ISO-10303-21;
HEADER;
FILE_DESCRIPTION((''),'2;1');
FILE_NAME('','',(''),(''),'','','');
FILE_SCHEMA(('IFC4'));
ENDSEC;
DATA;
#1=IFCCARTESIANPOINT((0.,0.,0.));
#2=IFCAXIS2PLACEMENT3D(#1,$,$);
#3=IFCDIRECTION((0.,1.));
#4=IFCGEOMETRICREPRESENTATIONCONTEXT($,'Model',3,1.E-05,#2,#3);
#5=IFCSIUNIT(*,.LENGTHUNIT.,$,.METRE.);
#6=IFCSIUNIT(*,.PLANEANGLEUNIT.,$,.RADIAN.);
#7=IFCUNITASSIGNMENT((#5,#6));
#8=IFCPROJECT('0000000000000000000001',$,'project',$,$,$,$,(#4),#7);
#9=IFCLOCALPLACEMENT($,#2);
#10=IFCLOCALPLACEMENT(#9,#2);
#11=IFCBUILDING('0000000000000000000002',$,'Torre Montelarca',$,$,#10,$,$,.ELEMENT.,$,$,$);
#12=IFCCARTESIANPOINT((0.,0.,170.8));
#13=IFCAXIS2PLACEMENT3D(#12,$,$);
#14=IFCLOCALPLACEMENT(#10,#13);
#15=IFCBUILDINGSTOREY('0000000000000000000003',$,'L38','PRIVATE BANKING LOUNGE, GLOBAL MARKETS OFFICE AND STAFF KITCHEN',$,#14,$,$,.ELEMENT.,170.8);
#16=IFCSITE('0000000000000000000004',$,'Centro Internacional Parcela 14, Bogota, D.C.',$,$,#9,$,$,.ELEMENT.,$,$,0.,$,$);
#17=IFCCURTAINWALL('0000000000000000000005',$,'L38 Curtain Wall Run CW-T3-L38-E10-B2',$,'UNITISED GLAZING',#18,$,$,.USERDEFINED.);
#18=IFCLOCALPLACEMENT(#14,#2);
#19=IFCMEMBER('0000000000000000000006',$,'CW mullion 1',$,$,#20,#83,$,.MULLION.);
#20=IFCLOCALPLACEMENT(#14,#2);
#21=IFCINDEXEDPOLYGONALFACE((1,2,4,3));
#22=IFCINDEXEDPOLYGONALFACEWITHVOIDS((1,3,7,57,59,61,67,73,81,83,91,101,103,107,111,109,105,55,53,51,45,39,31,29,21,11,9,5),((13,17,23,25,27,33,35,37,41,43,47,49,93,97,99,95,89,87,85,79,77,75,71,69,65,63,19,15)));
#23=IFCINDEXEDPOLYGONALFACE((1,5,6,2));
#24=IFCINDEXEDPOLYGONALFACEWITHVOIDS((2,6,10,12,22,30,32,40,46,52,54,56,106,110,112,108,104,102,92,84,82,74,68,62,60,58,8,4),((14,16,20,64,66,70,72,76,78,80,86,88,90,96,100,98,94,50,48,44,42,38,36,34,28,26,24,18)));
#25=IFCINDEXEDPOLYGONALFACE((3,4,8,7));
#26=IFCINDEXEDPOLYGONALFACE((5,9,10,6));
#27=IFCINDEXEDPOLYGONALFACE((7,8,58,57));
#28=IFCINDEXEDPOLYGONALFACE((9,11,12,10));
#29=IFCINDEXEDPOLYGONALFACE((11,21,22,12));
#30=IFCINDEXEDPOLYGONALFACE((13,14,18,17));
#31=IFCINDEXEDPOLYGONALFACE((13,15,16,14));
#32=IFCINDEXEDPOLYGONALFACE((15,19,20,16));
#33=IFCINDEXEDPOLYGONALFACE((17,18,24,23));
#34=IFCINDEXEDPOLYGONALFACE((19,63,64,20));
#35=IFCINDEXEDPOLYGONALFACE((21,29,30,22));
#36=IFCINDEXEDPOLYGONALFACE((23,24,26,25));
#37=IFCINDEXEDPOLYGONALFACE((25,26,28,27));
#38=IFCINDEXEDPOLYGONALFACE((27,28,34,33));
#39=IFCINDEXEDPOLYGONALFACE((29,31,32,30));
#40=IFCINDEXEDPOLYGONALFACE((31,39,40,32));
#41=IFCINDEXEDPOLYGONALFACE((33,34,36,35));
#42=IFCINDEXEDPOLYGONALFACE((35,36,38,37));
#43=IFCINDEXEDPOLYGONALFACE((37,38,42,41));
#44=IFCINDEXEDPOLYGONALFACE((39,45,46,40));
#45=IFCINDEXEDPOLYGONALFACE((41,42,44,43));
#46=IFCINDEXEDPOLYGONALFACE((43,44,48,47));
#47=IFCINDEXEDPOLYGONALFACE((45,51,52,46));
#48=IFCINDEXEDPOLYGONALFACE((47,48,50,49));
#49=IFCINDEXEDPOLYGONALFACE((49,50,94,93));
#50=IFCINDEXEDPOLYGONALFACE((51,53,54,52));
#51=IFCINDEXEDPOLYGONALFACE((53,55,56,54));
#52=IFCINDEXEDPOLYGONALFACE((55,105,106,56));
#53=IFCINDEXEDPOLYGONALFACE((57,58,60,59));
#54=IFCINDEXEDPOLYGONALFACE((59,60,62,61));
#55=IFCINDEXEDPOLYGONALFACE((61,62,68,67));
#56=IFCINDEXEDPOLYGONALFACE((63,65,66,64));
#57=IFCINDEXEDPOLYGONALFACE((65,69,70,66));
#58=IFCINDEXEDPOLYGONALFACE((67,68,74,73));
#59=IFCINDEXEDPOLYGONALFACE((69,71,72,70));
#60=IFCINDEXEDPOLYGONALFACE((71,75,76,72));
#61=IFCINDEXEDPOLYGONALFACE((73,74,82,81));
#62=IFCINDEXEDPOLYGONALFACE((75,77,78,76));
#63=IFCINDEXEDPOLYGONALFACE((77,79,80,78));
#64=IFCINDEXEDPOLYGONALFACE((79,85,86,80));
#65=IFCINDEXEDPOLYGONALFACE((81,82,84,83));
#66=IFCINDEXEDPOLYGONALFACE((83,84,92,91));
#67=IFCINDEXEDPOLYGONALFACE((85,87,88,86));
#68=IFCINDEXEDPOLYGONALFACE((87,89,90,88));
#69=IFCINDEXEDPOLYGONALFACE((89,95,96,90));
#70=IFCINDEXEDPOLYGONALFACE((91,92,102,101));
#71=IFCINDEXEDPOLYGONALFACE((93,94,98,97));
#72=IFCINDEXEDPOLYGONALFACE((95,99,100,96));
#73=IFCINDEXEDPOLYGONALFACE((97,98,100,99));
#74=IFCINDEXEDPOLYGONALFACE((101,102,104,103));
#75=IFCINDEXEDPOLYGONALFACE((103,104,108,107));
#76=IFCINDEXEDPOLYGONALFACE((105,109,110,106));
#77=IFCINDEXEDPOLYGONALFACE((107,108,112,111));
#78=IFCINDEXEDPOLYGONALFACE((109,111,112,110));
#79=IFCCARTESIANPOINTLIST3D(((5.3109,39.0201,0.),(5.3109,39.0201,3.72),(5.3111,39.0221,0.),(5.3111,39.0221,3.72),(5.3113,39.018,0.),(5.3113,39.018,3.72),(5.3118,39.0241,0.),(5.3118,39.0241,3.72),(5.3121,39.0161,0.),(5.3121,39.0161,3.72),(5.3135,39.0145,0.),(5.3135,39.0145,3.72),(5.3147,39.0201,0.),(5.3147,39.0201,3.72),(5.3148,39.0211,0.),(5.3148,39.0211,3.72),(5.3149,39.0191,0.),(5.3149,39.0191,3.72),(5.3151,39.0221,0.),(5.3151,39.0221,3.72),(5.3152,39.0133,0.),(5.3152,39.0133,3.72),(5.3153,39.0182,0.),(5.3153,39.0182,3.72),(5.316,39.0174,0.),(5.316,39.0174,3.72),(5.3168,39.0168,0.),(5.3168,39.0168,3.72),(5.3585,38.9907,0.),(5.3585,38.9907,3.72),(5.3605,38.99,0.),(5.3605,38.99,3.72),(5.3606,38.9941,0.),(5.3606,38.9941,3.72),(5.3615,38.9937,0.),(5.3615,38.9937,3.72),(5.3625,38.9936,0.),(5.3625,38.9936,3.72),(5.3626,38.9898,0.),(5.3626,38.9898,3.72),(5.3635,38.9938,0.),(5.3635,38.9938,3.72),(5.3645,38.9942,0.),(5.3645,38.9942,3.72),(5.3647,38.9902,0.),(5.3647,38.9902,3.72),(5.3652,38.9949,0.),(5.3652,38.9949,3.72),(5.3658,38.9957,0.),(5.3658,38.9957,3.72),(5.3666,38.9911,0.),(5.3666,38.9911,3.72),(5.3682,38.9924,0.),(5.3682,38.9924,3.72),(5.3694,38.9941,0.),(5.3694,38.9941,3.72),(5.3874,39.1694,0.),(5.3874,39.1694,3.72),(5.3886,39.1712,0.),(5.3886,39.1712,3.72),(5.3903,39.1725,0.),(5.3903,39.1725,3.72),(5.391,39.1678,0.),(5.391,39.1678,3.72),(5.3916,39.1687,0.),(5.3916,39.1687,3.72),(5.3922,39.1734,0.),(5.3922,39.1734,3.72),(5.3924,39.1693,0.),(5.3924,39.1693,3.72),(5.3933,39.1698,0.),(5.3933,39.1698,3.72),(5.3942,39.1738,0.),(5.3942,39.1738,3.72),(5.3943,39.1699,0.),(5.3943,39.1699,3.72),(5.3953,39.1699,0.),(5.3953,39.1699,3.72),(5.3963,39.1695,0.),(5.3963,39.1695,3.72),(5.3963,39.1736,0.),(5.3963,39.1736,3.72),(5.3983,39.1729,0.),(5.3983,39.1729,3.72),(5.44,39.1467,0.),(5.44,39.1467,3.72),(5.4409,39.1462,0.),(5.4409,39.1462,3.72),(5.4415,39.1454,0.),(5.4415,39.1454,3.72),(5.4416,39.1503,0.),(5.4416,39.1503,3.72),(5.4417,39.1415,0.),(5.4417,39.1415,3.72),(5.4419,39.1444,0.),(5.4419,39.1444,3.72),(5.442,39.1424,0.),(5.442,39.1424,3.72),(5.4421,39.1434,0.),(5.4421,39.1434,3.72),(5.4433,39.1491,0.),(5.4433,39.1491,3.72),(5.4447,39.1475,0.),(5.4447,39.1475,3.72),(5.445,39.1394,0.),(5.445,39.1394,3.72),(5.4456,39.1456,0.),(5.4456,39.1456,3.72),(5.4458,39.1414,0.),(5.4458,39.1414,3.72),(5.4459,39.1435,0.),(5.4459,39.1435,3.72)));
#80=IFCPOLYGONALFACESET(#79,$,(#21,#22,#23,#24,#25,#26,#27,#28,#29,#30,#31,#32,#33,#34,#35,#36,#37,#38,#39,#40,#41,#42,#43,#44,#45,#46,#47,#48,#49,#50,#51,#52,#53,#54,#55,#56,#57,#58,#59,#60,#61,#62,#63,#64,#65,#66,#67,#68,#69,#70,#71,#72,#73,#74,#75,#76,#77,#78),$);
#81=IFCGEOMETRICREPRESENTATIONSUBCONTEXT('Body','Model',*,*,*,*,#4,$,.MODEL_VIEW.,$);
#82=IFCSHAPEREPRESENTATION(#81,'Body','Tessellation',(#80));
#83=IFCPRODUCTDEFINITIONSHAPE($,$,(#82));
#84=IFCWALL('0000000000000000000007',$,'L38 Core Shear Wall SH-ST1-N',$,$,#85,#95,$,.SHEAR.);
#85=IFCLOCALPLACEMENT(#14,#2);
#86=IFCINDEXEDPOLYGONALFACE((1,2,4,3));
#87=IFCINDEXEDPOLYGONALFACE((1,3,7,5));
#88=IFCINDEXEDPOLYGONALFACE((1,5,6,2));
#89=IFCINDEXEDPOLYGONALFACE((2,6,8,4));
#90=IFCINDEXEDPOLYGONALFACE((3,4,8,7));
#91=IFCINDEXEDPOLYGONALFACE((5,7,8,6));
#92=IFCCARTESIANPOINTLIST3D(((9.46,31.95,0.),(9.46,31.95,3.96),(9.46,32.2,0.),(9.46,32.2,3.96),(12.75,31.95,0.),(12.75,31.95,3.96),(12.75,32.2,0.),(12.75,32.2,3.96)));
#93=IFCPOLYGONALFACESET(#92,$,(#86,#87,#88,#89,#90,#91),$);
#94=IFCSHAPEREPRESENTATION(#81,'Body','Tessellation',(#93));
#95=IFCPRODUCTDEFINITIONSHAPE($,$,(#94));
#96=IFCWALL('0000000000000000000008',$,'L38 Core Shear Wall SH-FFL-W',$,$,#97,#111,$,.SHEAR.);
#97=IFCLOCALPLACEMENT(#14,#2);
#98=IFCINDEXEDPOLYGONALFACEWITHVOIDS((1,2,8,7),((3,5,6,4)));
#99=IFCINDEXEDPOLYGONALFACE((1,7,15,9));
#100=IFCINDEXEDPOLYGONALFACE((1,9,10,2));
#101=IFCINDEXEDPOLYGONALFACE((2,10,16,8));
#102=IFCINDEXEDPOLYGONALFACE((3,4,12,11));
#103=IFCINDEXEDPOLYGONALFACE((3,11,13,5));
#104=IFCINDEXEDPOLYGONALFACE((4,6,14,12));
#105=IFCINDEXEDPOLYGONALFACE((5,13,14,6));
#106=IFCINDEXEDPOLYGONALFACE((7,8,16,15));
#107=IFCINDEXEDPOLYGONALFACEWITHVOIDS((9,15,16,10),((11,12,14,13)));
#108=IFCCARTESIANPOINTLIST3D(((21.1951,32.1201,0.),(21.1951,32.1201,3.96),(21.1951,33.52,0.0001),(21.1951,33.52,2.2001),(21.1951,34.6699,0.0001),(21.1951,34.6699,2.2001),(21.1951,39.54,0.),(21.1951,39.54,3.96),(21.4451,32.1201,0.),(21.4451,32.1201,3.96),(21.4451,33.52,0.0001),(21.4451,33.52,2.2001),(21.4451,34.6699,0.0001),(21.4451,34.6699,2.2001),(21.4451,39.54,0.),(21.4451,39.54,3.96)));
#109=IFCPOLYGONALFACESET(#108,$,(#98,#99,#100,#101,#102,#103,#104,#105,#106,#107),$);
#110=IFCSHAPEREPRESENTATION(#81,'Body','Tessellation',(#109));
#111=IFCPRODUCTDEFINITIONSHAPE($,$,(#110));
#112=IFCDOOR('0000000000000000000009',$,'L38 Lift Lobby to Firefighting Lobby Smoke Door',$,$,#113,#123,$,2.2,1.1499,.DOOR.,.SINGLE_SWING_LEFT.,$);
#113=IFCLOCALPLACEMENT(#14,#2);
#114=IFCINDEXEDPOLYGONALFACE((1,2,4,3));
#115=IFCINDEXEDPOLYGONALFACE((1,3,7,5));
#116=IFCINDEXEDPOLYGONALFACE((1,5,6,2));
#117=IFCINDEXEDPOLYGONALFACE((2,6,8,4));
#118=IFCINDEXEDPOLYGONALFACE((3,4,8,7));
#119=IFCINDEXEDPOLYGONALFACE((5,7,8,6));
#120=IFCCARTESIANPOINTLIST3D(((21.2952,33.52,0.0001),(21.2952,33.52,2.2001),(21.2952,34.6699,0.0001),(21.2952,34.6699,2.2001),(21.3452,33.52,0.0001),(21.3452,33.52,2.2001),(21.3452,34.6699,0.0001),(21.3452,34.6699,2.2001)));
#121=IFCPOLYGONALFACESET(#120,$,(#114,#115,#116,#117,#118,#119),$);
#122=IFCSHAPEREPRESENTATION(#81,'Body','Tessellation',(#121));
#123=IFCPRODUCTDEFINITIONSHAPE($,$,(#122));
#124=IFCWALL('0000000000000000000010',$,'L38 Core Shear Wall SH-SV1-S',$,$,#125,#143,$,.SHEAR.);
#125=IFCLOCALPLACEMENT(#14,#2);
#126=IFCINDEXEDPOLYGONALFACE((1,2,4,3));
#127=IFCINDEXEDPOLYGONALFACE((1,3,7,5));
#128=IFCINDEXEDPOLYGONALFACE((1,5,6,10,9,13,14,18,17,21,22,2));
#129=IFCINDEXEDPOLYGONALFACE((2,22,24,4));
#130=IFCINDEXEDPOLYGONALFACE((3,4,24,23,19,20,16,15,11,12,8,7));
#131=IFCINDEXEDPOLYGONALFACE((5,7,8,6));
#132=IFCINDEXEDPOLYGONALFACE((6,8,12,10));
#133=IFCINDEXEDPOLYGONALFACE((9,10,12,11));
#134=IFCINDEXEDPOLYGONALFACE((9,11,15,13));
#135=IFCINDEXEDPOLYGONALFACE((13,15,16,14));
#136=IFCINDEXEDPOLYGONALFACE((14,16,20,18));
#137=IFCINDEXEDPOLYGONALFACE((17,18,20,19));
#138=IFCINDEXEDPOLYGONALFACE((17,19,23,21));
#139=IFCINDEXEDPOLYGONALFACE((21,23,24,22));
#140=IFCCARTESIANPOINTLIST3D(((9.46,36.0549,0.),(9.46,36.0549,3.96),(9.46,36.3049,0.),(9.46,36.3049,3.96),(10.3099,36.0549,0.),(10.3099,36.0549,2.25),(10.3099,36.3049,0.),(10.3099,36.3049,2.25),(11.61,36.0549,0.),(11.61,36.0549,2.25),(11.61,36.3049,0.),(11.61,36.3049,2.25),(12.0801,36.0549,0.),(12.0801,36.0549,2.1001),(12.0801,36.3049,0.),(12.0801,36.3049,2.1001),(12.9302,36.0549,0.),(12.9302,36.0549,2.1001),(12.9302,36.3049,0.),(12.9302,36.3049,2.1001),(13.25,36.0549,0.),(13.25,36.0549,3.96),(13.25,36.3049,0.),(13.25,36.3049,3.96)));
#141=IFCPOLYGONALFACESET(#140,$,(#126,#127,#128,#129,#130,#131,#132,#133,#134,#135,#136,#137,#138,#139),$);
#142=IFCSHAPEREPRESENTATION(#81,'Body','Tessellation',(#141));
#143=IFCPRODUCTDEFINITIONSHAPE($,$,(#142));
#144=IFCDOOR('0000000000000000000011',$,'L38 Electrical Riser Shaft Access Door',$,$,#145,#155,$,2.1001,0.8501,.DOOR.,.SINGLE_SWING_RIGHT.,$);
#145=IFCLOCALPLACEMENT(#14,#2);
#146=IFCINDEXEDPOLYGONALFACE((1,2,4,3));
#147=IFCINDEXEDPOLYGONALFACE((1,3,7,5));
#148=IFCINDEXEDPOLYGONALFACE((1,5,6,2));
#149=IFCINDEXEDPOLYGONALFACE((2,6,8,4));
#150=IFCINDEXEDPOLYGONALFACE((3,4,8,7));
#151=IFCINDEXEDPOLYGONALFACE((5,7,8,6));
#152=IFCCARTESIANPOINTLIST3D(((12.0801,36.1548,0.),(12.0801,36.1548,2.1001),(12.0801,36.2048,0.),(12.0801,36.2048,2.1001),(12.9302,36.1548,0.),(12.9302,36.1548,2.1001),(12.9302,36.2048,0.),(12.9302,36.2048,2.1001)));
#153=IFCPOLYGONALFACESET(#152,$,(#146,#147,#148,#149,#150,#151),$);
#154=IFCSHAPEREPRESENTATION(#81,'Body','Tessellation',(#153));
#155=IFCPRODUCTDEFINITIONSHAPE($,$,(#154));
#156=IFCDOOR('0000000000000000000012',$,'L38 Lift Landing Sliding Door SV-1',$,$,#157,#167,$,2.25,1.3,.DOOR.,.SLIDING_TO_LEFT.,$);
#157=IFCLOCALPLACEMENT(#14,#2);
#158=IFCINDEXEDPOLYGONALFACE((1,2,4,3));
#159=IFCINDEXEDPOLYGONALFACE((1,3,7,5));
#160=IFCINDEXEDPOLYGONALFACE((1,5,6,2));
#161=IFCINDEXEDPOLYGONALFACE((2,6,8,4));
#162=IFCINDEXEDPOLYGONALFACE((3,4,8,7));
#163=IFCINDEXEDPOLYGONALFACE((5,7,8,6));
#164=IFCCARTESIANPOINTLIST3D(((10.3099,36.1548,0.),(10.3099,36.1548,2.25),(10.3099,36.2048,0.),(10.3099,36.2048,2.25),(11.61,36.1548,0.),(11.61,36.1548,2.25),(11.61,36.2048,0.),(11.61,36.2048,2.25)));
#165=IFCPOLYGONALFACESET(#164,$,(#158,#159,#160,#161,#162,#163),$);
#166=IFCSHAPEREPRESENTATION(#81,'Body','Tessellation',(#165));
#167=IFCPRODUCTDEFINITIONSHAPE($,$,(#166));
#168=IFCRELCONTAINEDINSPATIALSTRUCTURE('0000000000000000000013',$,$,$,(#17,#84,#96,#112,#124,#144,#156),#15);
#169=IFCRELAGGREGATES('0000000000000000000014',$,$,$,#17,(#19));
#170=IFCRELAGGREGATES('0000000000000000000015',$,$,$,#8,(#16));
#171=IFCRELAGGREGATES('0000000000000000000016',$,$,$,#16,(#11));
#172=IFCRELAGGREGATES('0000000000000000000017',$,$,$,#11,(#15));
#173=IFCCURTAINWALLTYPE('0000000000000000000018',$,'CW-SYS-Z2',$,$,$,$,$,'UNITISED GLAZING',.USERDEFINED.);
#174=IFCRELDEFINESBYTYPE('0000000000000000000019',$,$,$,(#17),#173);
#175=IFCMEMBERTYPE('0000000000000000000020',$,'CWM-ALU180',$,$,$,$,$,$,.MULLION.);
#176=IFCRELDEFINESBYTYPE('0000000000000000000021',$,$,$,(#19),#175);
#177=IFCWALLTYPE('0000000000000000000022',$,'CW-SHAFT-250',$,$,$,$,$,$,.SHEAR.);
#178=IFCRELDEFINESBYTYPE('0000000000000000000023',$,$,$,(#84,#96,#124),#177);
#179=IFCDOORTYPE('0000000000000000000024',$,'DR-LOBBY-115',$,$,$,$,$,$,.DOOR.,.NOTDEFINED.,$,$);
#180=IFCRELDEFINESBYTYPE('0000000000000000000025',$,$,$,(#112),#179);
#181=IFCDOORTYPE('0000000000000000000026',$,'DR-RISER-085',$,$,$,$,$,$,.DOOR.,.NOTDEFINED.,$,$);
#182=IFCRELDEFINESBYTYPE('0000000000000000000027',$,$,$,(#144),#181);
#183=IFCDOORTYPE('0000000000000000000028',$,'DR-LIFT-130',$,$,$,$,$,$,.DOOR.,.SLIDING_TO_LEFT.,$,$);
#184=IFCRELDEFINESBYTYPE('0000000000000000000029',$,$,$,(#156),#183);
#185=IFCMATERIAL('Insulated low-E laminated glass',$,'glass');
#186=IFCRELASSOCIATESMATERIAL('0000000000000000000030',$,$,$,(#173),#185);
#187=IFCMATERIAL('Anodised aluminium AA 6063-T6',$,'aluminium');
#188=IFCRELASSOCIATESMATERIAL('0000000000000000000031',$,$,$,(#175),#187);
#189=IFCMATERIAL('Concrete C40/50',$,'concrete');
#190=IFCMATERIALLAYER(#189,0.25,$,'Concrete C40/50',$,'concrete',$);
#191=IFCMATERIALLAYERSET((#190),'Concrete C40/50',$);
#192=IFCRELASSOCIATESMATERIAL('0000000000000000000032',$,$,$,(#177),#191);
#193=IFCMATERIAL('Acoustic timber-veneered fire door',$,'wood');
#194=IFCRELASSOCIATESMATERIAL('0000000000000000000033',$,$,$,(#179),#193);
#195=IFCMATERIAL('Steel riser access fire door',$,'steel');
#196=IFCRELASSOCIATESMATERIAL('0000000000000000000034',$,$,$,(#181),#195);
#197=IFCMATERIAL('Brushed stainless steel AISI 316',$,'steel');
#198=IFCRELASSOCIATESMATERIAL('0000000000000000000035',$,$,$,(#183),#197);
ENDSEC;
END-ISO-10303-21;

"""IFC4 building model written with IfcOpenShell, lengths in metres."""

from ifc_helpers import new_model, si_unit, direction, frame, frame_2d, origin, origin_2d, place, context, subcontext, project, spatial, rectangle, hollow_rectangle, extrude, source, transform, mapped, material, layer, layer_set, material_profile, profile_set, type_object, element, fill, aggregate, save


model = new_model("IFC4")

# Units and contexts
model_context = context("Model", 3, precision=1e-05, world=origin(), true_north=direction((0.0, 1.0)))
body_context = subcontext(model_context, "Body", "Model", "MODEL_VIEW")
ifc_project = project(units=[si_unit("LENGTHUNIT", "METRE"), si_unit("PLANEANGLEUNIT", "RADIAN")], contexts=[model_context])

# Site, building, storey
site_placement = place(None, origin())
site = spatial("IfcSite", under=ifc_project, at=site_placement, Name="Centro Internacional Parcela 14, Bogota, D.C.", CompositionType="ELEMENT", RefElevation=0.0)
building_placement = place(site_placement, origin())
building = spatial("IfcBuilding", under=site, at=building_placement, Name="Torre Montelarca", CompositionType="ELEMENT")
storey_placement = place(building_placement, frame((0.0, 0.0, 170.8)))
storey = spatial("IfcBuildingStorey", under=building, at=storey_placement, Name="L38", Description="PRIVATE BANKING LOUNGE, GLOBAL MARKETS OFFICE AND STAFF KITCHEN", CompositionType="ELEMENT", Elevation=170.8)

# Curtain wall, member
ifc_material_1 = material(Name="Insulated low-E laminated glass", Category="glass")
curtain_wall_type = type_object("IfcCurtainWallType", Name="CW-SYS-Z2", ElementType="UNITISED GLAZING", PredefinedType="USERDEFINED", material=ifc_material_1)
curtain_wall_placement = place(storey_placement, origin())
curtain_wall = element("IfcCurtainWall", 1, at=curtain_wall_placement, inside=storey, type_object=curtain_wall_type, Name="L38 Curtain Wall Run CW-T3-L38-E10-B2", ObjectType="UNITISED GLAZING", PredefinedType="USERDEFINED")
ifc_material_2 = material(Name="Anodised aluminium AA 6063-T6", Category="aluminium")
ifc_material_profile = material_profile(ifc_material_2, hollow_rectangle(XDim=0.0649, YDim=0.1799, WallThickness=0.0039, InnerFilletRadius=0.0039, OuterFilletRadius=0.0081, at=origin_2d()), Name="ALU65X180X4", Category="aluminium")
ifc_profile_set = profile_set([ifc_material_profile], Name="Anodised aluminium AA 6063-T6")
member_type = type_object("IfcMemberType", Name="CWM-ALU180", PredefinedType="MULLION", material=ifc_profile_set)
shared_shape_1 = source(origin(), body_context, "Body", "SweptSolid", [
    extrude(hollow_rectangle(XDim=0.0649, YDim=0.1799, WallThickness=0.0039, InnerFilletRadius=0.0039, OuterFilletRadius=0.0081, at=origin_2d()), origin(), (0.0, 0.0, 1.0), 3.72),
])
member_placement = place(storey_placement, frame((5.3784, 39.0818, 0.0), z_axis=(0.0, 0.0, 1.0), x_axis=(0.88701, -0.461749, 0.0)))
member = element("IfcMember", 2, at=member_placement, type_object=member_type, Name="CW mullion 1", PredefinedType="MULLION", context=body_context, shape_type="MappedRepresentation", body=[
    mapped(shared_shape_1, transform((0.0, 0.0, 0.0), scale=1.0)),
])
aggregate(curtain_wall, [member])

# Wall
ifc_material_3 = material(Name="Concrete C40/50", Category="concrete")
ifc_layer_1 = layer(ifc_material_3, 0.25, Name="Concrete C40/50", Category="concrete")
ifc_layer_set_1 = layer_set([ifc_layer_1], Name="Concrete C40/50")
wall_type_1 = type_object("IfcWallType", Name="CW-SHAFT-250", PredefinedType="SHEAR", material=ifc_layer_set_1)
wall_1_placement = place(storey_placement, frame((9.46, 32.075, 0.0), z_axis=(0.0, 0.0, 1.0), x_axis=(1.0, 0.0, 0.0)))
element("IfcWall", 3, at=wall_1_placement, inside=storey, type_object=wall_type_1, Name="L38 Core Shear Wall SH-ST1-N", PredefinedType="SHEAR", context=body_context, shape_type="SweptSolid", body=[
    extrude(rectangle(XDim=3.29, YDim=0.25, at=frame_2d((1.645, 0.0))), origin(), (0.0, 0.0, 1.0), 3.96),
])

# Wall, opening, door
wall_2_placement = place(storey_placement, frame((21.3201, 32.1201, 0.0), z_axis=(0.0, 0.0, 1.0), x_axis=(0.0, 1.0, 0.0)))
wall_2 = element("IfcWall", 4, at=wall_2_placement, inside=storey, type_object=wall_type_1, Name="L38 Core Shear Wall SH-FFL-W", PredefinedType="SHEAR", context=body_context, shape_type="SweptSolid", body=[
    extrude(rectangle(XDim=7.4199, YDim=0.25, at=frame_2d((3.71, 0.0))), origin(), (0.0, 0.0, 1.0), 3.96),
])
opening_1_placement = place(wall_2_placement, frame((1.3999, 0.0, 0.0)))
opening_1 = element("IfcOpeningElement", 5, at=opening_1_placement, cuts=wall_2, PredefinedType="OPENING", context=body_context, shape_type="SweptSolid", body=[
    extrude(rectangle(XDim=1.1499, YDim=2.2, at=frame_2d((0.575, 1.1001))), frame((0.0, 0.135, 0.0), z_axis=(0.0, -1.0, 0.0), x_axis=(1.0, 0.0, 0.0)), (0.0, 0.0, 1.0), 0.27),
])
ifc_material_4 = material(Name="Acoustic timber-veneered fire door", Category="wood")
door_type_1 = type_object("IfcDoorType", Name="DR-LOBBY-115", OperationType="NOTDEFINED", PredefinedType="DOOR", material=ifc_material_4)
shared_shape_2 = source(origin(), body_context, "Body", "SweptSolid", [
    extrude(rectangle(XDim=1.1499, YDim=2.2, at=frame_2d((0.575, 1.1001))), frame((0.0, 0.0249, 0.0), z_axis=(0.0, -1.0, 0.0), x_axis=(1.0, 0.0, 0.0)), (0.0, 0.0, 1.0), 0.05),
])
door_1_placement = place(opening_1_placement, origin())
door_1 = element("IfcDoor", 6, at=door_1_placement, inside=storey, type_object=door_type_1, Name="L38 Lift Lobby to Firefighting Lobby Smoke Door", OperationType="SINGLE_SWING_LEFT", OverallHeight=2.2, OverallWidth=1.1499, PredefinedType="DOOR", context=body_context, shape_type="MappedRepresentation", body=[
    mapped(shared_shape_2, transform((0.0, 0.0, 0.0), scale=1.0)),
])
fill(opening_1, door_1)

# Wall, openings, doors
wall_3_placement = place(storey_placement, frame((9.46, 36.1799, 0.0), z_axis=(0.0, 0.0, 1.0), x_axis=(1.0, 0.0, 0.0)))
wall_3 = element("IfcWall", 7, at=wall_3_placement, inside=storey, type_object=wall_type_1, Name="L38 Core Shear Wall SH-SV1-S", PredefinedType="SHEAR", context=body_context, shape_type="SweptSolid", body=[
    extrude(rectangle(XDim=3.79, YDim=0.25, at=frame_2d((1.895, 0.0))), origin(), (0.0, 0.0, 1.0), 3.96),
])
opening_2_placement = place(wall_3_placement, frame((2.6201, 0.0, 0.0)))
opening_2 = element("IfcOpeningElement", 8, at=opening_2_placement, cuts=wall_3, PredefinedType="OPENING", context=body_context, shape_type="SweptSolid", body=[
    extrude(rectangle(XDim=0.8501, YDim=2.1001, at=frame_2d((0.425, 1.05))), frame((0.0, 0.135, 0.0), z_axis=(0.0, -1.0, 0.0), x_axis=(1.0, 0.0, 0.0)), (0.0, 0.0, 1.0), 0.27),
])
opening_3_placement = place(wall_3_placement, frame((0.8501, 0.0, 0.0)))
opening_3 = element("IfcOpeningElement", 9, at=opening_3_placement, cuts=wall_3, PredefinedType="OPENING", context=body_context, shape_type="SweptSolid", body=[
    extrude(rectangle(XDim=1.3, YDim=2.25, at=frame_2d((0.6499, 1.125))), frame((0.0, 0.135, 0.0), z_axis=(0.0, -1.0, 0.0), x_axis=(1.0, 0.0, 0.0)), (0.0, 0.0, 1.0), 0.27),
])
ifc_material_5 = material(Name="Steel riser access fire door", Category="steel")
door_type_2 = type_object("IfcDoorType", Name="DR-RISER-085", OperationType="NOTDEFINED", PredefinedType="DOOR", material=ifc_material_5)
shared_shape_3 = source(origin(), body_context, "Body", "SweptSolid", [
    extrude(rectangle(XDim=0.8501, YDim=2.1001, at=frame_2d((0.425, 1.05))), frame((0.0, 0.0249, 0.0), z_axis=(0.0, -1.0, 0.0), x_axis=(1.0, 0.0, 0.0)), (0.0, 0.0, 1.0), 0.05),
])
door_2_placement = place(opening_2_placement, origin())
door_2 = element("IfcDoor", 10, at=door_2_placement, inside=storey, type_object=door_type_2, Name="L38 Electrical Riser Shaft Access Door", OperationType="SINGLE_SWING_RIGHT", OverallHeight=2.1001, OverallWidth=0.8501, PredefinedType="DOOR", context=body_context, shape_type="MappedRepresentation", body=[
    mapped(shared_shape_3, transform((0.0, 0.0, 0.0), scale=1.0)),
])
fill(opening_2, door_2)
ifc_material_6 = material(Name="Brushed stainless steel AISI 316", Category="steel")
door_type_3 = type_object("IfcDoorType", Name="DR-LIFT-130", OperationType="SLIDING_TO_LEFT", PredefinedType="DOOR", material=ifc_material_6)
shared_shape_4 = source(origin(), body_context, "Body", "SweptSolid", [
    extrude(rectangle(XDim=1.3, YDim=2.25, at=frame_2d((0.6499, 1.125))), frame((0.0, 0.0249, 0.0), z_axis=(0.0, -1.0, 0.0), x_axis=(1.0, 0.0, 0.0)), (0.0, 0.0, 1.0), 0.05),
])
door_3_placement = place(opening_3_placement, origin())
door_3 = element("IfcDoor", 11, at=door_3_placement, inside=storey, type_object=door_type_3, Name="L38 Lift Landing Sliding Door SV-1", OperationType="SLIDING_TO_LEFT", OverallHeight=2.25, OverallWidth=1.3, PredefinedType="DOOR", context=body_context, shape_type="MappedRepresentation", body=[
    mapped(shared_shape_4, transform((0.0, 0.0, 0.0), scale=1.0)),
])
fill(opening_3, door_3)

save(model, "model.ifc")
